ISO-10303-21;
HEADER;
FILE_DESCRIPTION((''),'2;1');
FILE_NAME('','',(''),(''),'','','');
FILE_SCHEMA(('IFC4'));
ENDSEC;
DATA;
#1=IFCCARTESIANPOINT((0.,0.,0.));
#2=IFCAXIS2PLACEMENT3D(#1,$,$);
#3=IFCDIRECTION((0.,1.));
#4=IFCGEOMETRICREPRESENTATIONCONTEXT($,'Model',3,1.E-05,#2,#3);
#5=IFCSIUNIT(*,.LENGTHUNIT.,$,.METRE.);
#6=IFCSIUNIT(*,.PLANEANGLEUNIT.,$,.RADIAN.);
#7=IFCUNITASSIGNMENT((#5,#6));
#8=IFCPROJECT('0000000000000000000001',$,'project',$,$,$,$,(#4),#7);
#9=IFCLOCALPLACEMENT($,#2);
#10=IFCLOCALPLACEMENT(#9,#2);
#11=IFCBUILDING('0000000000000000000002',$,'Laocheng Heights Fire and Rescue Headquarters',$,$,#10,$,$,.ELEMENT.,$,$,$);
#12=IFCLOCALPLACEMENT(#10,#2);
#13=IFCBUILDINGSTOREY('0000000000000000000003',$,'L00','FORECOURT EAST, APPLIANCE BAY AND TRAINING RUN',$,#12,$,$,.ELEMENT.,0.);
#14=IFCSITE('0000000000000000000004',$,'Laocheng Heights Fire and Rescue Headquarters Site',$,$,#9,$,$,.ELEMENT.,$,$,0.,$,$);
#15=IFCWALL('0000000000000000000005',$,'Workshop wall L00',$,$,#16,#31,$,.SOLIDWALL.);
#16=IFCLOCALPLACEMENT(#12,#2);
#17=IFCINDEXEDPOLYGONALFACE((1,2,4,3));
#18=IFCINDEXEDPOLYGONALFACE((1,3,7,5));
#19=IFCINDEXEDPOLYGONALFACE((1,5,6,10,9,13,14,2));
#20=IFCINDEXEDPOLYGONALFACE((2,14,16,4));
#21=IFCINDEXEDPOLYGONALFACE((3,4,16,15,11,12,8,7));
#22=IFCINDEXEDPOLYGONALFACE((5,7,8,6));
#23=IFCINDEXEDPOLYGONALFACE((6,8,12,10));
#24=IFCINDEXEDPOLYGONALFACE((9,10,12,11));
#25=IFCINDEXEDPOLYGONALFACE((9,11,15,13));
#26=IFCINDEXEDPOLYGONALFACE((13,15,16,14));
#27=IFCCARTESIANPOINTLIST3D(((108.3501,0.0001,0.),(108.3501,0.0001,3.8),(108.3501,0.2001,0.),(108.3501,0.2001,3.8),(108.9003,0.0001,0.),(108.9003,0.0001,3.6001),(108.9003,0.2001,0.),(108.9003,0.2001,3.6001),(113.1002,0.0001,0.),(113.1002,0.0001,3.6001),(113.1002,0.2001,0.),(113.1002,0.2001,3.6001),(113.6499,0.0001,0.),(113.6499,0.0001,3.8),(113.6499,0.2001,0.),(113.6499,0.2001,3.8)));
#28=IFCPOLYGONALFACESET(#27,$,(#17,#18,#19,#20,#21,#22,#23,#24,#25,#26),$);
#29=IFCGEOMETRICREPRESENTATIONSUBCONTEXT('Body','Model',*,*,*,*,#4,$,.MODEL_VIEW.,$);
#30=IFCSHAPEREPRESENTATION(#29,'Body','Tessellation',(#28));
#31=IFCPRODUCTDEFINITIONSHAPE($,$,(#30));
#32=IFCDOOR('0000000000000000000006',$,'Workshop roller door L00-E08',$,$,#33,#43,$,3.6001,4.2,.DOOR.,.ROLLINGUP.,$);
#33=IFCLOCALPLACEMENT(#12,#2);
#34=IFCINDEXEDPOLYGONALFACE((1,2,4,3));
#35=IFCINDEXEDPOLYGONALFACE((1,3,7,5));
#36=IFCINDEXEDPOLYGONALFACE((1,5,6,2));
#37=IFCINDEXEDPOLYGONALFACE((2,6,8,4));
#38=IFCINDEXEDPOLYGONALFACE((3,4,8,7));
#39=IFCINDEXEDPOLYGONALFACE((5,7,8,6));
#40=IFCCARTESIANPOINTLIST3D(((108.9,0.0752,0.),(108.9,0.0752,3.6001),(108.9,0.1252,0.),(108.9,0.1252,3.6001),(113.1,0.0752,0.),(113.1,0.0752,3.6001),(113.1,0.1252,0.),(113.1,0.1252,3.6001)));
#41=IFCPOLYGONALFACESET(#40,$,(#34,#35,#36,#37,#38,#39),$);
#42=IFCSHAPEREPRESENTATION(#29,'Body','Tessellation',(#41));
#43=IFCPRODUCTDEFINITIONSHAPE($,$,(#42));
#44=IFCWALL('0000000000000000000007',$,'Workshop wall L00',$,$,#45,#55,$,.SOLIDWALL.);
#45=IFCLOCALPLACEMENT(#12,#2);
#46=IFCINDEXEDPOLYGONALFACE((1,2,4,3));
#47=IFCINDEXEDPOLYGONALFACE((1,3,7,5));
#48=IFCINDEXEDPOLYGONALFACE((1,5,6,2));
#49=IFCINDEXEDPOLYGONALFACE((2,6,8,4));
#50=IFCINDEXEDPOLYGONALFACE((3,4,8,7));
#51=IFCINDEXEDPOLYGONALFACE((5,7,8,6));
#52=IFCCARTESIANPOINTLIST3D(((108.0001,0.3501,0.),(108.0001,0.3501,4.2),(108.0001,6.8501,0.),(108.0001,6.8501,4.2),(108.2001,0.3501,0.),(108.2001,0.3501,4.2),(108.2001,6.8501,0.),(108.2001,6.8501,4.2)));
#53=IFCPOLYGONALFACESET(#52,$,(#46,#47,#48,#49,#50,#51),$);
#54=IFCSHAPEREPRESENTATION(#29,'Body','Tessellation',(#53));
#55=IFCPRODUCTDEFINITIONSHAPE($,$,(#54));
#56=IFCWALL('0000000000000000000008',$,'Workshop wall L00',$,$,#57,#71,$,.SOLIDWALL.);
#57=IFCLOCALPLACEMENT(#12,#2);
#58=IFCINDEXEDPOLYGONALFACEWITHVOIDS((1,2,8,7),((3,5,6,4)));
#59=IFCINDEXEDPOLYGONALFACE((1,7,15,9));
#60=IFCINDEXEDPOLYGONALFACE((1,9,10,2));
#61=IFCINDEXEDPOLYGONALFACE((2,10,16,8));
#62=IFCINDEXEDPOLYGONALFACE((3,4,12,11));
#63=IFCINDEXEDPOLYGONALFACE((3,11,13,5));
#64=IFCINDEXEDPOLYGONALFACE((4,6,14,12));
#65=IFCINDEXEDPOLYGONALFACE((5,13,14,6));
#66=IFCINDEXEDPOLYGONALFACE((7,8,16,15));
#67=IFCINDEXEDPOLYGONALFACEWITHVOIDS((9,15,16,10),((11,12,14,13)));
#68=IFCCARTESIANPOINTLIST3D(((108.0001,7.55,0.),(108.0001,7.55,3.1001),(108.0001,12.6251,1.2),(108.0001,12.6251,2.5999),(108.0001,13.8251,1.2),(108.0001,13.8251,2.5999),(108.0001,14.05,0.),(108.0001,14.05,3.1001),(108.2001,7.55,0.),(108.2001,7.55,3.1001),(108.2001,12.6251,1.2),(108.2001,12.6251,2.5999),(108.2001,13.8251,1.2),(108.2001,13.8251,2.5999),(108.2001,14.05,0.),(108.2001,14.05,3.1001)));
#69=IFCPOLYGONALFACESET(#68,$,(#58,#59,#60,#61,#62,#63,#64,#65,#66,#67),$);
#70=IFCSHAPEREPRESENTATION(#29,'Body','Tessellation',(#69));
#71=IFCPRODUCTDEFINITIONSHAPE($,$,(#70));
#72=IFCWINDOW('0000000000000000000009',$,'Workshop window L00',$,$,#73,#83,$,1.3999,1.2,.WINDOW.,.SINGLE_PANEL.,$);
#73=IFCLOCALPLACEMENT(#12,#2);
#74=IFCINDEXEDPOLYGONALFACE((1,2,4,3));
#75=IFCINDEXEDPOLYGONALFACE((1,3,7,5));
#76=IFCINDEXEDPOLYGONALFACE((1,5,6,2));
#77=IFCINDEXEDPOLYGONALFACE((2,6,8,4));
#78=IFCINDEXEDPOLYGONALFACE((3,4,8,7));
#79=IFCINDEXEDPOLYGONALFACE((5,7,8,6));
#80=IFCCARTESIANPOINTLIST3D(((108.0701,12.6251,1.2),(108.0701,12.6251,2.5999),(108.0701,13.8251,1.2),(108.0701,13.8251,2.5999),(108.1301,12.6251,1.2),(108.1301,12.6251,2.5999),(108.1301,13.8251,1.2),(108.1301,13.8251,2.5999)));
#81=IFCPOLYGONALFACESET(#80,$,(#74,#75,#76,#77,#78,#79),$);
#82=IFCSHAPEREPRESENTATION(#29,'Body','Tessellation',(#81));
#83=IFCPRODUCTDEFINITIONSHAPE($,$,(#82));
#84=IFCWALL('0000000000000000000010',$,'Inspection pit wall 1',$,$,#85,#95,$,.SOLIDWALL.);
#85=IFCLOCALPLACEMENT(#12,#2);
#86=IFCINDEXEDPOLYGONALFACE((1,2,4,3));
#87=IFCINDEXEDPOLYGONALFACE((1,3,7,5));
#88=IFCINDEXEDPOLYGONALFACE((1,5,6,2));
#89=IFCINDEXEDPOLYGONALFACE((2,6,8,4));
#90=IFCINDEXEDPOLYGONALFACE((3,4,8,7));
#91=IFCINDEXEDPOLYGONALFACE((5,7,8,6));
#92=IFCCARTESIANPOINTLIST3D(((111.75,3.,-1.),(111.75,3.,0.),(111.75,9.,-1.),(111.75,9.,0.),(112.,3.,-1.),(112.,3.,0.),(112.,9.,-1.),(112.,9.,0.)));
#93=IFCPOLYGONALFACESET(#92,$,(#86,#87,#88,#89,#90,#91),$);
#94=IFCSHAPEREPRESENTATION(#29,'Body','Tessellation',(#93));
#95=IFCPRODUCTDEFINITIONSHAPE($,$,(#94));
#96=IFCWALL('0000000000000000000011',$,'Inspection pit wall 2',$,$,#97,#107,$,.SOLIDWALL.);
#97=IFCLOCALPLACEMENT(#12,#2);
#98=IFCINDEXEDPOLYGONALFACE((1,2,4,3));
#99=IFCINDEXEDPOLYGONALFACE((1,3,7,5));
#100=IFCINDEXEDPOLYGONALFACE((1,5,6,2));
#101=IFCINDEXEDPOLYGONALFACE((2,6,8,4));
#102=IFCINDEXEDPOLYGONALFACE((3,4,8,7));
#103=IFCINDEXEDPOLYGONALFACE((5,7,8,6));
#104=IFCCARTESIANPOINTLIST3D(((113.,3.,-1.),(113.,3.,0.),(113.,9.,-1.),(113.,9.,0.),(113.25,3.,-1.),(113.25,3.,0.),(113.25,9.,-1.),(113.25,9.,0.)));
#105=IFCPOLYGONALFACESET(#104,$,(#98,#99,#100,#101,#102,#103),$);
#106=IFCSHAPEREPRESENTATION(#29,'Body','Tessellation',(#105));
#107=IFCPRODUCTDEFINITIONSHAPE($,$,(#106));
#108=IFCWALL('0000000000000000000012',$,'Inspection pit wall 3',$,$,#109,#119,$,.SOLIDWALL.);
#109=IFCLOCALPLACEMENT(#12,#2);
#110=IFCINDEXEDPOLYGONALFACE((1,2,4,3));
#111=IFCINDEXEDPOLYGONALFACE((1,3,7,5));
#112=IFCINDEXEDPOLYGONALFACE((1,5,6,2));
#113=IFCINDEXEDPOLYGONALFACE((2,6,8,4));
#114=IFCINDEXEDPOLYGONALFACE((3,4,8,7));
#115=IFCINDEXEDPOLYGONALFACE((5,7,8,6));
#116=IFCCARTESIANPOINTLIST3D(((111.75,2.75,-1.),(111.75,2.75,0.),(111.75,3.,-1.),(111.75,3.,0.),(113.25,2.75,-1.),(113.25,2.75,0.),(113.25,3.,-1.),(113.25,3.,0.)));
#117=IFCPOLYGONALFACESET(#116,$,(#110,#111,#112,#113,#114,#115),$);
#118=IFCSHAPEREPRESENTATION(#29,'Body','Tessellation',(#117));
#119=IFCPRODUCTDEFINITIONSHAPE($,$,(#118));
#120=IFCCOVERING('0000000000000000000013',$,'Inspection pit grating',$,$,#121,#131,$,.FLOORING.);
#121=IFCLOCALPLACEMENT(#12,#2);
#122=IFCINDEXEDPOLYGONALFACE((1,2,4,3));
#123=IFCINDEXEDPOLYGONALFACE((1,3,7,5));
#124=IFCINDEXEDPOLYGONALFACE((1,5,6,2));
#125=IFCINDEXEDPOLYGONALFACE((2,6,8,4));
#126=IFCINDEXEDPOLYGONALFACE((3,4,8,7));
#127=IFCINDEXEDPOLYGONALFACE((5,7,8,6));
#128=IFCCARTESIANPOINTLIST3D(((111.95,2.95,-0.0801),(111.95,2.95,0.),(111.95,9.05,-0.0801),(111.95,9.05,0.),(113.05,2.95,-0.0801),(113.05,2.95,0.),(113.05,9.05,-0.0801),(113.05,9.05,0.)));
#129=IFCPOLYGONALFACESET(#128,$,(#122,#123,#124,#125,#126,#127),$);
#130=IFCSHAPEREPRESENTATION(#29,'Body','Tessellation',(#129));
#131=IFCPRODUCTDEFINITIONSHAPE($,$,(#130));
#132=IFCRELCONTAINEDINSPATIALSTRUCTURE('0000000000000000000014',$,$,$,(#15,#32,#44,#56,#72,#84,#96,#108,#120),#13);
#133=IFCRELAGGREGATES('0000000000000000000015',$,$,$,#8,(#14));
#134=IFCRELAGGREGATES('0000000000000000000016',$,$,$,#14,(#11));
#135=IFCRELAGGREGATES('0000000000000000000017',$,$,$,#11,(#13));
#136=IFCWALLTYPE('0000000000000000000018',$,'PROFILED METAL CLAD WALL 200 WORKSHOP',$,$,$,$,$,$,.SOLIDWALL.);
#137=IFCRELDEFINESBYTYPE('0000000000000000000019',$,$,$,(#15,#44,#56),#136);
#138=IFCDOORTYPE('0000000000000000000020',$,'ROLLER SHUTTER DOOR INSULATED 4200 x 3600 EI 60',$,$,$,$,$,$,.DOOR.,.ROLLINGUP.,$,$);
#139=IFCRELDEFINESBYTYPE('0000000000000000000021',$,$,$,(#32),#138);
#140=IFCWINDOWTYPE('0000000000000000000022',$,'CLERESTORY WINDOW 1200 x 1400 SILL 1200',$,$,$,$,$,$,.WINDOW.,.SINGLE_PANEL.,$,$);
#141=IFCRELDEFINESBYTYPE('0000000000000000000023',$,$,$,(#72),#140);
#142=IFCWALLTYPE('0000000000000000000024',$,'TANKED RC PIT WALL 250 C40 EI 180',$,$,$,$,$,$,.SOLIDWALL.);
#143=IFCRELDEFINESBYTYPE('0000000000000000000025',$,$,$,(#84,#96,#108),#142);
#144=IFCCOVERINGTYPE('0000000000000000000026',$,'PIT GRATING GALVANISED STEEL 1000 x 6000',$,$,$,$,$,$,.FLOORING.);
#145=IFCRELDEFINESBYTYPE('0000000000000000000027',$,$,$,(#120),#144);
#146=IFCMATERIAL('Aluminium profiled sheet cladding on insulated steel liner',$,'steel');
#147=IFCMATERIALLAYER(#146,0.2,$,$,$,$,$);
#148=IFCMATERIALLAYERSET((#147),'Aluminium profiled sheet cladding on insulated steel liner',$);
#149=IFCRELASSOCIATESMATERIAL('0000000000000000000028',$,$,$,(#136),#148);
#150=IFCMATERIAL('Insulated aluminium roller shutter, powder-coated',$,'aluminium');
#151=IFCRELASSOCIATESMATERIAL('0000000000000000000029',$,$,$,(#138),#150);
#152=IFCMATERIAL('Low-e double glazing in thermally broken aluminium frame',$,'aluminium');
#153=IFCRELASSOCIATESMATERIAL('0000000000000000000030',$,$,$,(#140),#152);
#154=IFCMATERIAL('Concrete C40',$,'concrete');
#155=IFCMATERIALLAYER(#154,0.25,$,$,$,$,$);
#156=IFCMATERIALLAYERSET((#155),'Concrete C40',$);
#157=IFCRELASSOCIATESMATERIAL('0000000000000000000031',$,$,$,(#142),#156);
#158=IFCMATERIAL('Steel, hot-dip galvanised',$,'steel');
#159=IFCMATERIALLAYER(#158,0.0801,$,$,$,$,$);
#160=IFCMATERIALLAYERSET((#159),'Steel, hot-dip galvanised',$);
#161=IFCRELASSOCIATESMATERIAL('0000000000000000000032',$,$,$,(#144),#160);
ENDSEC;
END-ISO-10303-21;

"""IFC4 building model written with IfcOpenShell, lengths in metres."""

from ifc_helpers import new_model, si_unit, direction, frame, frame_2d, origin, origin_2d, place, context, subcontext, project, spatial, rectangle, extrude, material, layer, layer_set, type_object, element, fill, save


model = new_model("IFC4")

# Units and contexts
model_context = context("Model", 3, precision=1e-05, world=origin(), true_north=direction((0.0, 1.0)))
body_context = subcontext(model_context, "Body", "Model", "MODEL_VIEW")
ifc_project = project(units=[si_unit("LENGTHUNIT", "METRE"), si_unit("PLANEANGLEUNIT", "RADIAN")], contexts=[model_context])

# Site, building, storey
site_placement = place(None, origin())
site = spatial("IfcSite", under=ifc_project, at=site_placement, Name="Laocheng Heights Fire and Rescue Headquarters Site", CompositionType="ELEMENT", RefElevation=0.0)
building_placement = place(site_placement, origin())
building = spatial("IfcBuilding", under=site, at=building_placement, Name="Laocheng Heights Fire and Rescue Headquarters", CompositionType="ELEMENT")
storey_placement = place(building_placement, origin())
storey = spatial("IfcBuildingStorey", under=building, at=storey_placement, Name="L00", Description="FORECOURT EAST, APPLIANCE BAY AND TRAINING RUN", CompositionType="ELEMENT", Elevation=0.0)

# Wall, opening, door
ifc_material_1 = material(Name="Aluminium profiled sheet cladding on insulated steel liner", Category="steel")
ifc_layer_1 = layer(ifc_material_1, 0.2)
ifc_layer_set_1 = layer_set([ifc_layer_1], Name="Aluminium profiled sheet cladding on insulated steel liner")
wall_type_1 = type_object("IfcWallType", Name="PROFILED METAL CLAD WALL 200 WORKSHOP", PredefinedType="SOLIDWALL", material=ifc_layer_set_1)
wall_1_placement = place(storey_placement, frame((108.3501, 0.1001, 0.0), z_axis=(0.0, 0.0, 1.0), x_axis=(1.0, 0.0, 0.0)))
wall_1 = element("IfcWall", 1, at=wall_1_placement, inside=storey, type_object=wall_type_1, Name="Workshop wall L00", PredefinedType="SOLIDWALL", context=body_context, shape_type="SweptSolid", body=[
    extrude(rectangle(XDim=5.2998, YDim=0.2, at=frame_2d((2.6499, 0.0))), origin(), (0.0, 0.0, 1.0), 3.8),
])
opening_1_placement = place(wall_1_placement, frame((0.55, 0.0, 0.0)))
opening_1 = element("IfcOpeningElement", 2, at=opening_1_placement, cuts=wall_1, PredefinedType="OPENING", context=body_context, shape_type="SweptSolid", body=[
    extrude(rectangle(XDim=4.2, YDim=3.6001, at=frame_2d((2.1001, 1.8))), frame((0.0, 0.1099, 0.0), z_axis=(0.0, -1.0, 0.0), x_axis=(1.0, 0.0, 0.0)), (0.0, 0.0, 1.0), 0.22),
])
ifc_material_2 = material(Name="Insulated aluminium roller shutter, powder-coated", Category="aluminium")
door_type = type_object("IfcDoorType", Name="ROLLER SHUTTER DOOR INSULATED 4200 x 3600 EI 60", OperationType="ROLLINGUP", PredefinedType="DOOR", material=ifc_material_2)
door_placement = place(opening_1_placement, frame((4.2, 0.0, 0.0), z_axis=(0.0, 0.0, 1.0), x_axis=(-1.0, 0.0, 0.0)))
door = element("IfcDoor", 3, at=door_placement, inside=storey, type_object=door_type, Name="Workshop roller door L00-E08", OperationType="ROLLINGUP", OverallHeight=3.6001, OverallWidth=4.2, PredefinedType="DOOR", context=body_context, shape_type="SweptSolid", body=[
    extrude(rectangle(XDim=4.2, YDim=3.6001, at=frame_2d((2.1001, 1.8))), frame((0.0, 0.0249, 0.0), z_axis=(0.0, -1.0, 0.0), x_axis=(1.0, 0.0, 0.0)), (0.0, 0.0, 1.0), 0.05),
])
fill(opening_1, door)

# Wall
wall_2_placement = place(storey_placement, frame((108.1001, 0.3501, 0.0), z_axis=(0.0, 0.0, 1.0), x_axis=(0.0, 1.0, 0.0)))
element("IfcWall", 4, at=wall_2_placement, inside=storey, type_object=wall_type_1, Name="Workshop wall L00", PredefinedType="SOLIDWALL", context=body_context, shape_type="SweptSolid", body=[
    extrude(rectangle(XDim=6.5, YDim=0.2, at=frame_2d((3.25, 0.0))), origin(), (0.0, 0.0, 1.0), 4.2),
])

# Wall, opening, window
wall_3_placement = place(storey_placement, frame((108.1001, 7.55, 0.0), z_axis=(0.0, 0.0, 1.0), x_axis=(0.0, 1.0, 0.0)))
wall_3 = element("IfcWall", 5, at=wall_3_placement, inside=storey, type_object=wall_type_1, Name="Workshop wall L00", PredefinedType="SOLIDWALL", context=body_context, shape_type="SweptSolid", body=[
    extrude(rectangle(XDim=6.5, YDim=0.2, at=frame_2d((3.25, 0.0))), origin(), (0.0, 0.0, 1.0), 3.1001),
])
opening_2_placement = place(wall_3_placement, frame((5.075, 0.0, 1.2)))
opening_2 = element("IfcOpeningElement", 6, at=opening_2_placement, cuts=wall_3, PredefinedType="OPENING", context=body_context, shape_type="SweptSolid", body=[
    extrude(rectangle(XDim=1.2, YDim=1.3999, at=frame_2d((0.6001, 0.7))), frame((0.0, 0.1099, 0.0), z_axis=(0.0, -1.0, 0.0), x_axis=(1.0, 0.0, 0.0)), (0.0, 0.0, 1.0), 0.22),
])
ifc_material_3 = material(Name="Low-e double glazing in thermally broken aluminium frame", Category="aluminium")
window_type = type_object("IfcWindowType", Name="CLERESTORY WINDOW 1200 x 1400 SILL 1200", PartitioningType="SINGLE_PANEL", PredefinedType="WINDOW", material=ifc_material_3)
window_placement = place(opening_2_placement, origin())
window = element("IfcWindow", 7, at=window_placement, inside=storey, type_object=window_type, Name="Workshop window L00", OverallHeight=1.3999, OverallWidth=1.2, PartitioningType="SINGLE_PANEL", PredefinedType="WINDOW", context=body_context, shape_type="SweptSolid", body=[
    extrude(rectangle(XDim=1.2, YDim=1.3999, at=frame_2d((0.6001, 0.7))), frame((0.0, 0.03, 0.0), z_axis=(0.0, -1.0, 0.0), x_axis=(1.0, 0.0, 0.0)), (0.0, 0.0, 1.0), 0.0601),
])
fill(opening_2, window)

# Walls
ifc_material_4 = material(Name="Concrete C40", Category="concrete")
ifc_layer_2 = layer(ifc_material_4, 0.25)
ifc_layer_set_2 = layer_set([ifc_layer_2], Name="Concrete C40")
wall_type_2 = type_object("IfcWallType", Name="TANKED RC PIT WALL 250 C40 EI 180", PredefinedType="SOLIDWALL", material=ifc_layer_set_2)
for number, where, z_axis, x_axis, name in (
    (8, (111.875, 3.0, -1.0), (0.0, 0.0, 1.0), (0.0, 1.0, 0.0), "Inspection pit wall 1"),
    (9, (113.125, 3.0, -1.0), (0.0, 0.0, 1.0), (0.0, 1.0, 0.0), "Inspection pit wall 2"),
):
    element("IfcWall", number, at=place(storey_placement, frame(where, z_axis=z_axis, x_axis=x_axis)), inside=storey, type_object=wall_type_2, Name=name, PredefinedType="SOLIDWALL", context=body_context, shape_type="SweptSolid", body=[
        extrude(rectangle(XDim=6.0, YDim=0.25, at=frame_2d((3.0, 0.0))), origin(), (0.0, 0.0, 1.0), 1.0),
    ])
wall_4_placement = place(storey_placement, frame((111.75, 2.875, -1.0), z_axis=(0.0, 0.0, 1.0), x_axis=(1.0, 0.0, 0.0)))
element("IfcWall", 10, at=wall_4_placement, inside=storey, type_object=wall_type_2, Name="Inspection pit wall 3", PredefinedType="SOLIDWALL", context=body_context, shape_type="SweptSolid", body=[
    extrude(rectangle(XDim=1.5, YDim=0.25, at=frame_2d((0.75, 0.0))), origin(), (0.0, 0.0, 1.0), 1.0),
])

# Covering
ifc_material_5 = material(Name="Steel, hot-dip galvanised", Category="steel")
ifc_layer_3 = layer(ifc_material_5, 0.0801)
ifc_layer_set_3 = layer_set([ifc_layer_3], Name="Steel, hot-dip galvanised")
covering_type = type_object("IfcCoveringType", Name="PIT GRATING GALVANISED STEEL 1000 x 6000", PredefinedType="FLOORING", material=ifc_layer_set_3)
covering_placement = place(storey_placement, frame((112.5, 6.0, -0.0801), z_axis=(0.0, 0.0, 1.0), x_axis=(1.0, 0.0, 0.0)))
element("IfcCovering", 11, at=covering_placement, inside=storey, type_object=covering_type, Name="Inspection pit grating", PredefinedType="FLOORING", context=body_context, shape_type="SweptSolid", body=[
    extrude(rectangle(XDim=1.1001, YDim=6.1001, at=origin_2d()), origin(), (0.0, 0.0, 1.0), 0.0801),
])

save(model, "model.ifc")
